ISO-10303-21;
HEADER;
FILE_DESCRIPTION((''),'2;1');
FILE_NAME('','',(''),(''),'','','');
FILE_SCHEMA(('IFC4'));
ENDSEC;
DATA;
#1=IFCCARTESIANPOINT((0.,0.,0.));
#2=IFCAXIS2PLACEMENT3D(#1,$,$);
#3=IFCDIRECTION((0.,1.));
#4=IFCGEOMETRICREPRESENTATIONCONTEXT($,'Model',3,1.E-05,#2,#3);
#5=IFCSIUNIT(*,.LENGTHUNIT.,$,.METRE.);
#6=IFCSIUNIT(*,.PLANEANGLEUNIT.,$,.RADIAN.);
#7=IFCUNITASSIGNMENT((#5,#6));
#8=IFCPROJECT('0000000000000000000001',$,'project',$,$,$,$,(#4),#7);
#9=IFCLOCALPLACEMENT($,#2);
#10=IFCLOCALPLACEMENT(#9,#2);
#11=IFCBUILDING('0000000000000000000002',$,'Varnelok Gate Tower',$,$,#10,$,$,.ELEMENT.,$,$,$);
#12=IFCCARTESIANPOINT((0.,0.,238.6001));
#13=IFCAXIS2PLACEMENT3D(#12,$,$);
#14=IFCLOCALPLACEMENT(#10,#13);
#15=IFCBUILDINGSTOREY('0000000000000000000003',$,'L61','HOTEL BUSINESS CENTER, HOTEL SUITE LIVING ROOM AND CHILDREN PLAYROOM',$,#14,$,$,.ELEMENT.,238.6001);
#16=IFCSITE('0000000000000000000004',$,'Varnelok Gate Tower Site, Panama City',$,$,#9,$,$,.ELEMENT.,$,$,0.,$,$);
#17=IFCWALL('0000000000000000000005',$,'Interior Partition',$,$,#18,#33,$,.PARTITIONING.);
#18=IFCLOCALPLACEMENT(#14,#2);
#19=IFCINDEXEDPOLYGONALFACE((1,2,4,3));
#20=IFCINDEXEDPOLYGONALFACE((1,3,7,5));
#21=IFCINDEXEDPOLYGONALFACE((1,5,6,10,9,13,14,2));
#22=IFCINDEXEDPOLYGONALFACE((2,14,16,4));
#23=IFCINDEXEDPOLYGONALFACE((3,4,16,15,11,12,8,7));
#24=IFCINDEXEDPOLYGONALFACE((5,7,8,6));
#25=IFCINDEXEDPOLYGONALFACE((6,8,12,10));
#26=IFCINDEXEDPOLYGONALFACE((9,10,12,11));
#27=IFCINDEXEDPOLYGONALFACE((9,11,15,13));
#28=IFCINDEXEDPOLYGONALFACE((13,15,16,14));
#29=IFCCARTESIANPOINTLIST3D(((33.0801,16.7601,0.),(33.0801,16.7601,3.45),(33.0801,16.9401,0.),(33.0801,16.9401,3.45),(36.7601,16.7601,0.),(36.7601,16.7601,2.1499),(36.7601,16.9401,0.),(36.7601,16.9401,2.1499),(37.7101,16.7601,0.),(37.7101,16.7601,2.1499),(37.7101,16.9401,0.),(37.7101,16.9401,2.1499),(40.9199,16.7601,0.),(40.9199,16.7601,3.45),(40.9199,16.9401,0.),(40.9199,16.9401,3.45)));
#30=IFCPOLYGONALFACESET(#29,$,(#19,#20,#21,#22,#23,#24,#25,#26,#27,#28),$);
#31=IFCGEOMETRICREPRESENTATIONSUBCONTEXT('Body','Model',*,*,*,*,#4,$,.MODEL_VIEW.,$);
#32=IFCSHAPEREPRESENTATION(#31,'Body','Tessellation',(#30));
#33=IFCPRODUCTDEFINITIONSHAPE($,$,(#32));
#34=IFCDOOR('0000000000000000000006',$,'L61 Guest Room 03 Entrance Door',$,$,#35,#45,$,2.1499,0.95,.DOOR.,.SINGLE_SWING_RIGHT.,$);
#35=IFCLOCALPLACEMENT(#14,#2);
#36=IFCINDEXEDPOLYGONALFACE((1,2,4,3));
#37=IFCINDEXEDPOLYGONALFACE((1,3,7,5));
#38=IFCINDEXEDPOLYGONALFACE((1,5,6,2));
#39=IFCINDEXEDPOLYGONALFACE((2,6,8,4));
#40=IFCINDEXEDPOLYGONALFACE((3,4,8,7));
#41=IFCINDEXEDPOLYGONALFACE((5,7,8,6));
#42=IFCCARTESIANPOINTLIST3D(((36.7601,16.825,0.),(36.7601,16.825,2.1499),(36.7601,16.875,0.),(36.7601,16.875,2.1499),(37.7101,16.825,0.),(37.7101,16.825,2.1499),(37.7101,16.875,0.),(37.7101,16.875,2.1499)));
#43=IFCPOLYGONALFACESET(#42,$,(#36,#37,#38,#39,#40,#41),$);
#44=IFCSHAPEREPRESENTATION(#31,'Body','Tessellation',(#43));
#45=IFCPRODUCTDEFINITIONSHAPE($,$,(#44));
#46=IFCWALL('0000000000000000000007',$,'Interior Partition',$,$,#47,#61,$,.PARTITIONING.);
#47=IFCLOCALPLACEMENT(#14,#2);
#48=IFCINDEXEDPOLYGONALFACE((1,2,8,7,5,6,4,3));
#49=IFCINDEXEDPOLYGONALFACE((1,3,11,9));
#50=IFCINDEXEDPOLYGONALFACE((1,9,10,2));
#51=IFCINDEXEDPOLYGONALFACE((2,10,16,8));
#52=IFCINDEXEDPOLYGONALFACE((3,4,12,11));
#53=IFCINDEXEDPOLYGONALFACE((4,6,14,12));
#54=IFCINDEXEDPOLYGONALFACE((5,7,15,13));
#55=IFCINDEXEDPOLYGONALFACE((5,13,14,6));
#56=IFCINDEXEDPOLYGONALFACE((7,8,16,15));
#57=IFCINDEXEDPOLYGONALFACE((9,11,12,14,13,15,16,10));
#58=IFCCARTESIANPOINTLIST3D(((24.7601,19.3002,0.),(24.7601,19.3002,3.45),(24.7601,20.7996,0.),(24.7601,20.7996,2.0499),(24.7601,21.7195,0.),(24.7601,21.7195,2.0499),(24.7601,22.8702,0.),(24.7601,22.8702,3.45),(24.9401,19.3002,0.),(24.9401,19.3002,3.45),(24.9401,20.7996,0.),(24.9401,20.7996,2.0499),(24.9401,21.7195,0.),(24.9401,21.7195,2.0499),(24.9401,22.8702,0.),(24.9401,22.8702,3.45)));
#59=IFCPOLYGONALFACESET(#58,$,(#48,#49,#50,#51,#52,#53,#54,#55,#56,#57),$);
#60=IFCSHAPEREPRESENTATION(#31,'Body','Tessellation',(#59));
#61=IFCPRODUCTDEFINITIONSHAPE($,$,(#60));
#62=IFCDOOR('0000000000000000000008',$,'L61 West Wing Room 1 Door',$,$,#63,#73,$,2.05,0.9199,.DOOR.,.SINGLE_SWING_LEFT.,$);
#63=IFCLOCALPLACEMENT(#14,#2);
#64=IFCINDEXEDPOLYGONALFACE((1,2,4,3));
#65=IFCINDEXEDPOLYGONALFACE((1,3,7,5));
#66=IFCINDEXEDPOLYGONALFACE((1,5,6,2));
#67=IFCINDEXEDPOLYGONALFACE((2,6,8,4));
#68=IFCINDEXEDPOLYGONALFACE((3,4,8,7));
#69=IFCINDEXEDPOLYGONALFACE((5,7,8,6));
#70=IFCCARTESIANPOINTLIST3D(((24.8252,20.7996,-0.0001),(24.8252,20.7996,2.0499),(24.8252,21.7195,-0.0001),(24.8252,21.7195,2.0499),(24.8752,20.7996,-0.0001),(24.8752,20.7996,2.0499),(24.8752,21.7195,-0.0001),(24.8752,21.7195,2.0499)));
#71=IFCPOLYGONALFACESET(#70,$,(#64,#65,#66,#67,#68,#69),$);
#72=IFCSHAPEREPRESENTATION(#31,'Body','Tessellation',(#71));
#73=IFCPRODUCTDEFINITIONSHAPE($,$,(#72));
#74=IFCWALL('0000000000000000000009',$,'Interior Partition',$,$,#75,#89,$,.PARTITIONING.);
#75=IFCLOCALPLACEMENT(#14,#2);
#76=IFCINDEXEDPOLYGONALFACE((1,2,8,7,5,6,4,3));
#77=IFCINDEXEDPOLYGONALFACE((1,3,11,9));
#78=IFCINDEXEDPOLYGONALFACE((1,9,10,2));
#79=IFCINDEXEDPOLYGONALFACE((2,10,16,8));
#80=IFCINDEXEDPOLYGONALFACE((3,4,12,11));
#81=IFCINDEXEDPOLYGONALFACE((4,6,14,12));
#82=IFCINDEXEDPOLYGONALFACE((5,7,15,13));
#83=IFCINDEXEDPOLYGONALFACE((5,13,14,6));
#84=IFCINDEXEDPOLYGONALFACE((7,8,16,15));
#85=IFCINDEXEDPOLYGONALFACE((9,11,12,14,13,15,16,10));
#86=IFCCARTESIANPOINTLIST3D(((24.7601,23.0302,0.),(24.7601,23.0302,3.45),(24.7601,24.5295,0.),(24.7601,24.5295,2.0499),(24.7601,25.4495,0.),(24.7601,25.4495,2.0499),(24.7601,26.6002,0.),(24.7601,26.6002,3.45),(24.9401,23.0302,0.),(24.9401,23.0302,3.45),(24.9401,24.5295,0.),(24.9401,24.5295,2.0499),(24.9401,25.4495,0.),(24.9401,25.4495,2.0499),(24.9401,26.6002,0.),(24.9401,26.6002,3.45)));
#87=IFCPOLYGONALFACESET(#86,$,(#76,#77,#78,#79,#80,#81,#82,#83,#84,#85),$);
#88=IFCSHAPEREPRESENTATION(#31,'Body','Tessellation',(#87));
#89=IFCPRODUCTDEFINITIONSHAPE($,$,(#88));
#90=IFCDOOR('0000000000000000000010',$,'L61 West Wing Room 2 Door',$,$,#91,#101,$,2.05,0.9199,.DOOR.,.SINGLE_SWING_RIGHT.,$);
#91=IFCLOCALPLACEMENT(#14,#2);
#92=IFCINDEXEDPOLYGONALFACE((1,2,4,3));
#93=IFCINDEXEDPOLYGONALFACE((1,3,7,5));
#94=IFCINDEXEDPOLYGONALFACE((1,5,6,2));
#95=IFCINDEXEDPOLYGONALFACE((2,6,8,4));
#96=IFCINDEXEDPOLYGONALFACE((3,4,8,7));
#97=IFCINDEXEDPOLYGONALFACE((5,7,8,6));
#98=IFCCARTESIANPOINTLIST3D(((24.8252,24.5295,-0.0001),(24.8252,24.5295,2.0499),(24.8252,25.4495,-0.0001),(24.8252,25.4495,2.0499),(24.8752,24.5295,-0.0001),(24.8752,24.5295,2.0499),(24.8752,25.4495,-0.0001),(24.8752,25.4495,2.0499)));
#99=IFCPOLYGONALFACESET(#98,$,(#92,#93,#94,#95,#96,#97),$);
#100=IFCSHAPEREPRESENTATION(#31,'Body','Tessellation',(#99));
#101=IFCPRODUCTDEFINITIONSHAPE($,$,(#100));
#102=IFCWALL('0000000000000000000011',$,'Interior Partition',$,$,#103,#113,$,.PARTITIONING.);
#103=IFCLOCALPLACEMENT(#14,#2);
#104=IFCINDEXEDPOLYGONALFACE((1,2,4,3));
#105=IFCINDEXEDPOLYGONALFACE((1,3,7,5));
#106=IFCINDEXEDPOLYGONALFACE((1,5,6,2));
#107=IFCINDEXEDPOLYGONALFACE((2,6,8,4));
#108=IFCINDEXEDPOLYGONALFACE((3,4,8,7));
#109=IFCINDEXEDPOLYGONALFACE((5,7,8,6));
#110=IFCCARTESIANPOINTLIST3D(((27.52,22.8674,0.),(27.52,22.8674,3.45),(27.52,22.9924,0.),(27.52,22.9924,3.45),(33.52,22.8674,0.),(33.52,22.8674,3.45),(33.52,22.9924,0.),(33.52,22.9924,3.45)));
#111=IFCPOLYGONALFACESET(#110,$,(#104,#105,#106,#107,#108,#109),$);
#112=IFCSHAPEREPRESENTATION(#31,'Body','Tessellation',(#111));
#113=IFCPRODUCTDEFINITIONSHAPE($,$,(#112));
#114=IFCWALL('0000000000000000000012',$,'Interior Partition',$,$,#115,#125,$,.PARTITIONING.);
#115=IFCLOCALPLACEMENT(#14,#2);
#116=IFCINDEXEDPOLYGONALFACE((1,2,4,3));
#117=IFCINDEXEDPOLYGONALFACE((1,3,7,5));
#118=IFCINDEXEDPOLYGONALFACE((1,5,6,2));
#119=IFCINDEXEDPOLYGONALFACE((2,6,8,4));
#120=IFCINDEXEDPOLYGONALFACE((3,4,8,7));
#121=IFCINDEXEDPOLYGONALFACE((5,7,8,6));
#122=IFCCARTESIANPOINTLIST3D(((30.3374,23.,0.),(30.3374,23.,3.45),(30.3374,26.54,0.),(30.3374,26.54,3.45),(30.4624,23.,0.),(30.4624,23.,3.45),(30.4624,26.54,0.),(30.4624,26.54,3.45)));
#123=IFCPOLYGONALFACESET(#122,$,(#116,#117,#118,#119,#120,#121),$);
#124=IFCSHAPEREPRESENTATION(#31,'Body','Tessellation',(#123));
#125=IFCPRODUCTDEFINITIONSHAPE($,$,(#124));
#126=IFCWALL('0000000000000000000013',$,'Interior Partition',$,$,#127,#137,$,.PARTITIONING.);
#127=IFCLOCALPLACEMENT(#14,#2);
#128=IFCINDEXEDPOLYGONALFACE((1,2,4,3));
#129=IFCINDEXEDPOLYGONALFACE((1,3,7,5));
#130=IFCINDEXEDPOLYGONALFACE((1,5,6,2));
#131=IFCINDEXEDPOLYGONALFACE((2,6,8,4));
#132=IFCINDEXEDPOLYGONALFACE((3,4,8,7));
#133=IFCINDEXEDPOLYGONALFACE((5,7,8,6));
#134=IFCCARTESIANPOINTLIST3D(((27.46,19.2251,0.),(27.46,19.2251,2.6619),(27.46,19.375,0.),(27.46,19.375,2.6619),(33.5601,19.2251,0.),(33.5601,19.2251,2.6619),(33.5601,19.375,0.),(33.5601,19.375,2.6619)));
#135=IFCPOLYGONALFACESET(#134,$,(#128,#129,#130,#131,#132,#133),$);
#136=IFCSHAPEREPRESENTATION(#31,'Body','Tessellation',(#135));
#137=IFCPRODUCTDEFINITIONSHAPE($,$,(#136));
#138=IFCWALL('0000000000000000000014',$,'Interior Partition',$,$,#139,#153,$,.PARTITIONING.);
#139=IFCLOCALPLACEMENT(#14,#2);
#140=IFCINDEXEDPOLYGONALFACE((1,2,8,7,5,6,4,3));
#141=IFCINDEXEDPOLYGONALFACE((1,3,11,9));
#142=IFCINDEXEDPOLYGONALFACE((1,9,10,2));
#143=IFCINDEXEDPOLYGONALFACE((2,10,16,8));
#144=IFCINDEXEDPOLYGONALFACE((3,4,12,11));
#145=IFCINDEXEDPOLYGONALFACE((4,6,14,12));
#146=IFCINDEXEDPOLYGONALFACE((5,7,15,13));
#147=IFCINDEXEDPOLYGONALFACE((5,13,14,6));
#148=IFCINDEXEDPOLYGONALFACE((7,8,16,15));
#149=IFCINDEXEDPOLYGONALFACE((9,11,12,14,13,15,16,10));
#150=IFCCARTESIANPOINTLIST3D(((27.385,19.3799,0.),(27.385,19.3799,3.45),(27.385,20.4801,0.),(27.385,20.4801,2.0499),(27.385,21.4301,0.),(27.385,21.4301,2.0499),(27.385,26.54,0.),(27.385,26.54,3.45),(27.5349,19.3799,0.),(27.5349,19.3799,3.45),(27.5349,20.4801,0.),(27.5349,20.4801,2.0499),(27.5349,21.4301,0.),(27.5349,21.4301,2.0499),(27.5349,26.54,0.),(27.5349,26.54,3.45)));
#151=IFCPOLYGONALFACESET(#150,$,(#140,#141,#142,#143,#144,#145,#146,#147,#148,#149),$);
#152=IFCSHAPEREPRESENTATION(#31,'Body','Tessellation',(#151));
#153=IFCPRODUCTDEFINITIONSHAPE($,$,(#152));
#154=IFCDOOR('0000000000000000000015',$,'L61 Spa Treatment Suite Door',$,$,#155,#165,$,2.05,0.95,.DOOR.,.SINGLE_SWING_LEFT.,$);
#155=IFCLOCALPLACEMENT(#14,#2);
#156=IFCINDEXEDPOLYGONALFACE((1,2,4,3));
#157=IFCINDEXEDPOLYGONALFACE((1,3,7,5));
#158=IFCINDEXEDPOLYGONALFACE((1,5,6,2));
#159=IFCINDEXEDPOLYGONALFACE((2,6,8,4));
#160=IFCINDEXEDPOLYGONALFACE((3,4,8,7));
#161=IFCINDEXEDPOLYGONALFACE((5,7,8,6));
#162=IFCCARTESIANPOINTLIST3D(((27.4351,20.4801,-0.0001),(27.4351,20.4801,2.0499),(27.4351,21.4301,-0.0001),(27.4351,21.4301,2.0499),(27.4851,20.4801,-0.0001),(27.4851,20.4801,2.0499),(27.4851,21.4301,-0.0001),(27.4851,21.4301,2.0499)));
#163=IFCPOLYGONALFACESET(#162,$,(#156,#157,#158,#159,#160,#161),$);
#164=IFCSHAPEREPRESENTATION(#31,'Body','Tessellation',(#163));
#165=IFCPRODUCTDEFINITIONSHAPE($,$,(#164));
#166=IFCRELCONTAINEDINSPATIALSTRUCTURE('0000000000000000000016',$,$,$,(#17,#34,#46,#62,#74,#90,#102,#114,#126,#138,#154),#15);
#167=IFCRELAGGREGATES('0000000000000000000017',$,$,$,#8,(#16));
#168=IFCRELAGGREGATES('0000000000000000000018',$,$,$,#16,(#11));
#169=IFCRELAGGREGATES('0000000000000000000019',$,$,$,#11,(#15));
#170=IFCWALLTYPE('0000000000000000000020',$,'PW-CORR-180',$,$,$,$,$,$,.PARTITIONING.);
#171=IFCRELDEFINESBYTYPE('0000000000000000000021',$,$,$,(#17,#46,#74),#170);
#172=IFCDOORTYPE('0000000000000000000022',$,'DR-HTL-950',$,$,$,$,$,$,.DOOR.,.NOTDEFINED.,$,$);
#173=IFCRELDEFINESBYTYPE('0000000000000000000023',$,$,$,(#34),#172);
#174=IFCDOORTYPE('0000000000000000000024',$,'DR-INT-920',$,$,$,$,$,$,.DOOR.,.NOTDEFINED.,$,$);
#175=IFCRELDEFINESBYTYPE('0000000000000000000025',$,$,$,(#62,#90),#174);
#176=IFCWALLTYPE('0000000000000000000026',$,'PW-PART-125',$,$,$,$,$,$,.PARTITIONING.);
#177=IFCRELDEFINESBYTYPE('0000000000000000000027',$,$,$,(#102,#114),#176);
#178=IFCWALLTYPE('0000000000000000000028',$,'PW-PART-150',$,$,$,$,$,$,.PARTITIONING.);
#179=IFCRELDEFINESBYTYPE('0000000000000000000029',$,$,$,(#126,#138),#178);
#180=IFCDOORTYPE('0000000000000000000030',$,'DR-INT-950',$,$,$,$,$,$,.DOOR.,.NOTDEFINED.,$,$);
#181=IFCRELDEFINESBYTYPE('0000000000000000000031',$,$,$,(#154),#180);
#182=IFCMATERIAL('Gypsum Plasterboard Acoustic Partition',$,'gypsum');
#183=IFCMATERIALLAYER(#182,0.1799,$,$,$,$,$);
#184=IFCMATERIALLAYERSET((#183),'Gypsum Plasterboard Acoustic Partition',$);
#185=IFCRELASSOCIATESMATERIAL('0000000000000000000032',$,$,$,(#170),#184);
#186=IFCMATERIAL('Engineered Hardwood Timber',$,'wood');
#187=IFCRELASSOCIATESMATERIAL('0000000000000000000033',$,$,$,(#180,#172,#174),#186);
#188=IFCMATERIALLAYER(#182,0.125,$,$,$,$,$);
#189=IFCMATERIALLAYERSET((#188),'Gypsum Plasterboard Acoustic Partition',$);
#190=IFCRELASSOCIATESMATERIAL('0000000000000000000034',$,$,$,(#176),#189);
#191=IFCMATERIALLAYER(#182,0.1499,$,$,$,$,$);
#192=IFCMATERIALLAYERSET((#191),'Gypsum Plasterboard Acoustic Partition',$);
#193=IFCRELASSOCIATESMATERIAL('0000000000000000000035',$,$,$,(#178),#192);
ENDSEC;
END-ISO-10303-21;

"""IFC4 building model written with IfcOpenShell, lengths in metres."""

from ifc_helpers import new_model, si_unit, direction, frame, frame_2d, origin, place, context, subcontext, project, spatial, rectangle, extrude, material, layer, layer_set, type_object, element, fill, save


model = new_model("IFC4")

# Units and contexts
model_context = context("Model", 3, precision=1e-05, world=origin(), true_north=direction((0.0, 1.0)))
body_context = subcontext(model_context, "Body", "Model", "MODEL_VIEW")
ifc_project = project(units=[si_unit("LENGTHUNIT", "METRE"), si_unit("PLANEANGLEUNIT", "RADIAN")], contexts=[model_context])

# Site, building, storey
site_placement = place(None, origin())
site = spatial("IfcSite", under=ifc_project, at=site_placement, Name="Varnelok Gate Tower Site, Panama City", CompositionType="ELEMENT", RefElevation=0.0)
building_placement = place(site_placement, origin())
building = spatial("IfcBuilding", under=site, at=building_placement, Name="Varnelok Gate Tower", CompositionType="ELEMENT")
storey_placement = place(building_placement, frame((0.0, 0.0, 238.6001)))
storey = spatial("IfcBuildingStorey", under=building, at=storey_placement, Name="L61", Description="HOTEL BUSINESS CENTER, HOTEL SUITE LIVING ROOM AND CHILDREN PLAYROOM", CompositionType="ELEMENT", Elevation=238.6001)

# Walls, openings, doors
ifc_material_1 = material(Name="Gypsum Plasterboard Acoustic Partition", Category="gypsum")
ifc_layer_1 = layer(ifc_material_1, 0.1799)
ifc_layer_set_1 = layer_set([ifc_layer_1], Name="Gypsum Plasterboard Acoustic Partition")
wall_type_1 = type_object("IfcWallType", Name="PW-CORR-180", PredefinedType="PARTITIONING", material=ifc_layer_set_1)
ifc_material_2 = material(Name="Engineered Hardwood Timber", Category="wood")
door_type_1 = type_object("IfcDoorType", Name="DR-INT-950", OperationType="NOTDEFINED", PredefinedType="DOOR", material=ifc_material_2)
wall_1_placement = place(storey_placement, frame((33.0801, 16.8501, 0.0), z_axis=(0.0, 0.0, 1.0), x_axis=(1.0, 0.0, 0.0)))
wall_1 = element("IfcWall", 1, at=wall_1_placement, inside=storey, type_object=wall_type_1, Name="Interior Partition", PredefinedType="PARTITIONING", context=body_context, shape_type="SweptSolid", body=[
    extrude(rectangle(XDim=7.8398, YDim=0.1799, at=frame_2d((3.9199, 0.0))), origin(), (0.0, 0.0, 1.0), 3.45),
])
opening_1_placement = place(wall_1_placement, frame((3.6799, 0.0, 0.0)))
opening_1 = element("IfcOpeningElement", 2, at=opening_1_placement, cuts=wall_1, PredefinedType="OPENING", context=body_context, shape_type="SweptSolid", body=[
    extrude(rectangle(XDim=0.95, YDim=2.1499, at=frame_2d((0.4751, 1.075))), frame((0.0, 0.0999, 0.0), z_axis=(0.0, -1.0, 0.0), x_axis=(1.0, 0.0, 0.0)), (0.0, 0.0, 1.0), 0.2),
])
door_type_2 = type_object("IfcDoorType", Name="DR-HTL-950", OperationType="NOTDEFINED", PredefinedType="DOOR", material=ifc_material_2)
door_1_placement = place(opening_1_placement, origin())
door_1 = element("IfcDoor", 3, at=door_1_placement, inside=storey, type_object=door_type_2, Name="L61 Guest Room 03 Entrance Door", OperationType="SINGLE_SWING_RIGHT", OverallHeight=2.1499, OverallWidth=0.95, PredefinedType="DOOR", context=body_context, shape_type="SweptSolid", body=[
    extrude(rectangle(XDim=0.95, YDim=2.1499, at=frame_2d((0.4751, 1.075))), frame((0.0, 0.0249, 0.0), z_axis=(0.0, -1.0, 0.0), x_axis=(1.0, 0.0, 0.0)), (0.0, 0.0, 1.0), 0.05),
])
fill(opening_1, door_1)
wall_2_placement = place(storey_placement, frame((24.8501, 19.3, 0.0), z_axis=(0.0, 0.0, 1.0), x_axis=(0.0, 1.0, 0.0)))
wall_2 = element("IfcWall", 4, at=wall_2_placement, inside=storey, type_object=wall_type_1, Name="Interior Partition", PredefinedType="PARTITIONING", context=body_context, shape_type="SweptSolid", body=[
    extrude(rectangle(XDim=3.5701, YDim=0.1799, at=frame_2d((1.7852, 0.0))), origin(), (0.0, 0.0, 1.0), 3.45),
])
opening_2_placement = place(wall_2_placement, frame((1.4995, 0.0, 0.0)))
opening_2 = element("IfcOpeningElement", 5, at=opening_2_placement, cuts=wall_2, PredefinedType="OPENING", context=body_context, shape_type="SweptSolid", body=[
    extrude(rectangle(XDim=0.9199, YDim=2.05, at=frame_2d((0.46, 1.0249))), frame((0.0, 0.0999, 0.0), z_axis=(0.0, -1.0, 0.0), x_axis=(1.0, 0.0, 0.0)), (0.0, 0.0, 1.0), 0.2),
])
door_type_3 = type_object("IfcDoorType", Name="DR-INT-920", OperationType="NOTDEFINED", PredefinedType="DOOR", material=ifc_material_2)
door_2_placement = place(opening_2_placement, origin())
door_2 = element("IfcDoor", 6, at=door_2_placement, inside=storey, type_object=door_type_3, Name="L61 West Wing Room 1 Door", OperationType="SINGLE_SWING_LEFT", OverallHeight=2.05, OverallWidth=0.9199, PredefinedType="DOOR", context=body_context, shape_type="SweptSolid", body=[
    extrude(rectangle(XDim=0.9199, YDim=2.05, at=frame_2d((0.46, 1.0249))), frame((0.0, 0.0249, 0.0), z_axis=(0.0, -1.0, 0.0), x_axis=(1.0, 0.0, 0.0)), (0.0, 0.0, 1.0), 0.05),
])
fill(opening_2, door_2)
wall_3_placement = place(storey_placement, frame((24.8501, 23.03, 0.0), z_axis=(0.0, 0.0, 1.0), x_axis=(0.0, 1.0, 0.0)))
wall_3 = element("IfcWall", 7, at=wall_3_placement, inside=storey, type_object=wall_type_1, Name="Interior Partition", PredefinedType="PARTITIONING", context=body_context, shape_type="SweptSolid", body=[
    extrude(rectangle(XDim=3.5701, YDim=0.1799, at=frame_2d((1.7852, 0.0))), origin(), (0.0, 0.0, 1.0), 3.45),
])
opening_3_placement = place(wall_3_placement, frame((1.4995, 0.0, 0.0)))
opening_3 = element("IfcOpeningElement", 8, at=opening_3_placement, cuts=wall_3, PredefinedType="OPENING", context=body_context, shape_type="SweptSolid", body=[
    extrude(rectangle(XDim=0.9199, YDim=2.05, at=frame_2d((0.46, 1.0249))), frame((0.0, 0.0999, 0.0), z_axis=(0.0, -1.0, 0.0), x_axis=(1.0, 0.0, 0.0)), (0.0, 0.0, 1.0), 0.2),
])
door_3_placement = place(opening_3_placement, origin())
door_3 = element("IfcDoor", 9, at=door_3_placement, inside=storey, type_object=door_type_3, Name="L61 West Wing Room 2 Door", OperationType="SINGLE_SWING_RIGHT", OverallHeight=2.05, OverallWidth=0.9199, PredefinedType="DOOR", context=body_context, shape_type="SweptSolid", body=[
    extrude(rectangle(XDim=0.9199, YDim=2.05, at=frame_2d((0.46, 1.0249))), frame((0.0, 0.0249, 0.0), z_axis=(0.0, -1.0, 0.0), x_axis=(1.0, 0.0, 0.0)), (0.0, 0.0, 1.0), 0.05),
])
fill(opening_3, door_3)

# Walls
ifc_layer_2 = layer(ifc_material_1, 0.125)
ifc_layer_set_2 = layer_set([ifc_layer_2], Name="Gypsum Plasterboard Acoustic Partition")
wall_type_2 = type_object("IfcWallType", Name="PW-PART-125", PredefinedType="PARTITIONING", material=ifc_layer_set_2)
wall_4_placement = place(storey_placement, frame((27.52, 22.9299, 0.0), z_axis=(0.0, 0.0, 1.0), x_axis=(1.0, 0.0, 0.0)))
element("IfcWall", 10, at=wall_4_placement, inside=storey, type_object=wall_type_2, Name="Interior Partition", PredefinedType="PARTITIONING", context=body_context, shape_type="SweptSolid", body=[
    extrude(rectangle(XDim=6.0, YDim=0.125, at=frame_2d((3.0, 0.0))), origin(), (0.0, 0.0, 1.0), 3.45),
])
wall_5_placement = place(storey_placement, frame((30.3999, 23.0, 0.0), z_axis=(0.0, 0.0, 1.0), x_axis=(0.0, 1.0, 0.0)))
element("IfcWall", 11, at=wall_5_placement, inside=storey, type_object=wall_type_2, Name="Interior Partition", PredefinedType="PARTITIONING", context=body_context, shape_type="SweptSolid", body=[
    extrude(rectangle(XDim=3.54, YDim=0.125, at=frame_2d((1.77, 0.0))), origin(), (0.0, 0.0, 1.0), 3.45),
])
ifc_layer_3 = layer(ifc_material_1, 0.1499)
ifc_layer_set_3 = layer_set([ifc_layer_3], Name="Gypsum Plasterboard Acoustic Partition")
wall_type_3 = type_object("IfcWallType", Name="PW-PART-150", PredefinedType="PARTITIONING", material=ifc_layer_set_3)
wall_6_placement = place(storey_placement, frame((27.46, 19.3, 0.0), z_axis=(0.0, 0.0, 1.0), x_axis=(1.0, 0.0, 0.0)))
element("IfcWall", 12, at=wall_6_placement, inside=storey, type_object=wall_type_3, Name="Interior Partition", PredefinedType="PARTITIONING", context=body_context, shape_type="SweptSolid", body=[
    extrude(rectangle(XDim=6.1001, YDim=0.1499, at=frame_2d((3.05, 0.0))), origin(), (0.0, 0.0, 1.0), 2.6619),
])

# Wall, opening, door
wall_7_placement = place(storey_placement, frame((27.46, 19.3799, 0.0), z_axis=(0.0, 0.0, 1.0), x_axis=(0.0, 1.0, 0.0)))
wall_7 = element("IfcWall", 13, at=wall_7_placement, inside=storey, type_object=wall_type_3, Name="Interior Partition", PredefinedType="PARTITIONING", context=body_context, shape_type="SweptSolid", body=[
    extrude(rectangle(XDim=7.1602, YDim=0.1499, at=frame_2d((3.5801, 0.0))), origin(), (0.0, 0.0, 1.0), 3.45),
])
opening_4_placement = place(wall_7_placement, frame((1.1001, 0.0, 0.0)))
opening_4 = element("IfcOpeningElement", 14, at=opening_4_placement, cuts=wall_7, PredefinedType="OPENING", context=body_context, shape_type="SweptSolid", body=[
    extrude(rectangle(XDim=0.95, YDim=2.05, at=frame_2d((0.4751, 1.0249))), frame((0.0, 0.085, 0.0), z_axis=(0.0, -1.0, 0.0), x_axis=(1.0, 0.0, 0.0)), (0.0, 0.0, 1.0), 0.1699),
])
door_4_placement = place(opening_4_placement, origin())
door_4 = element("IfcDoor", 15, at=door_4_placement, inside=storey, type_object=door_type_1, Name="L61 Spa Treatment Suite Door", OperationType="SINGLE_SWING_LEFT", OverallHeight=2.05, OverallWidth=0.95, PredefinedType="DOOR", context=body_context, shape_type="SweptSolid", body=[
    extrude(rectangle(XDim=0.95, YDim=2.05, at=frame_2d((0.4751, 1.0249))), frame((0.0, 0.0249, 0.0), z_axis=(0.0, -1.0, 0.0), x_axis=(1.0, 0.0, 0.0)), (0.0, 0.0, 1.0), 0.05),
])
fill(opening_4, door_4)

save(model, "model.ifc")
